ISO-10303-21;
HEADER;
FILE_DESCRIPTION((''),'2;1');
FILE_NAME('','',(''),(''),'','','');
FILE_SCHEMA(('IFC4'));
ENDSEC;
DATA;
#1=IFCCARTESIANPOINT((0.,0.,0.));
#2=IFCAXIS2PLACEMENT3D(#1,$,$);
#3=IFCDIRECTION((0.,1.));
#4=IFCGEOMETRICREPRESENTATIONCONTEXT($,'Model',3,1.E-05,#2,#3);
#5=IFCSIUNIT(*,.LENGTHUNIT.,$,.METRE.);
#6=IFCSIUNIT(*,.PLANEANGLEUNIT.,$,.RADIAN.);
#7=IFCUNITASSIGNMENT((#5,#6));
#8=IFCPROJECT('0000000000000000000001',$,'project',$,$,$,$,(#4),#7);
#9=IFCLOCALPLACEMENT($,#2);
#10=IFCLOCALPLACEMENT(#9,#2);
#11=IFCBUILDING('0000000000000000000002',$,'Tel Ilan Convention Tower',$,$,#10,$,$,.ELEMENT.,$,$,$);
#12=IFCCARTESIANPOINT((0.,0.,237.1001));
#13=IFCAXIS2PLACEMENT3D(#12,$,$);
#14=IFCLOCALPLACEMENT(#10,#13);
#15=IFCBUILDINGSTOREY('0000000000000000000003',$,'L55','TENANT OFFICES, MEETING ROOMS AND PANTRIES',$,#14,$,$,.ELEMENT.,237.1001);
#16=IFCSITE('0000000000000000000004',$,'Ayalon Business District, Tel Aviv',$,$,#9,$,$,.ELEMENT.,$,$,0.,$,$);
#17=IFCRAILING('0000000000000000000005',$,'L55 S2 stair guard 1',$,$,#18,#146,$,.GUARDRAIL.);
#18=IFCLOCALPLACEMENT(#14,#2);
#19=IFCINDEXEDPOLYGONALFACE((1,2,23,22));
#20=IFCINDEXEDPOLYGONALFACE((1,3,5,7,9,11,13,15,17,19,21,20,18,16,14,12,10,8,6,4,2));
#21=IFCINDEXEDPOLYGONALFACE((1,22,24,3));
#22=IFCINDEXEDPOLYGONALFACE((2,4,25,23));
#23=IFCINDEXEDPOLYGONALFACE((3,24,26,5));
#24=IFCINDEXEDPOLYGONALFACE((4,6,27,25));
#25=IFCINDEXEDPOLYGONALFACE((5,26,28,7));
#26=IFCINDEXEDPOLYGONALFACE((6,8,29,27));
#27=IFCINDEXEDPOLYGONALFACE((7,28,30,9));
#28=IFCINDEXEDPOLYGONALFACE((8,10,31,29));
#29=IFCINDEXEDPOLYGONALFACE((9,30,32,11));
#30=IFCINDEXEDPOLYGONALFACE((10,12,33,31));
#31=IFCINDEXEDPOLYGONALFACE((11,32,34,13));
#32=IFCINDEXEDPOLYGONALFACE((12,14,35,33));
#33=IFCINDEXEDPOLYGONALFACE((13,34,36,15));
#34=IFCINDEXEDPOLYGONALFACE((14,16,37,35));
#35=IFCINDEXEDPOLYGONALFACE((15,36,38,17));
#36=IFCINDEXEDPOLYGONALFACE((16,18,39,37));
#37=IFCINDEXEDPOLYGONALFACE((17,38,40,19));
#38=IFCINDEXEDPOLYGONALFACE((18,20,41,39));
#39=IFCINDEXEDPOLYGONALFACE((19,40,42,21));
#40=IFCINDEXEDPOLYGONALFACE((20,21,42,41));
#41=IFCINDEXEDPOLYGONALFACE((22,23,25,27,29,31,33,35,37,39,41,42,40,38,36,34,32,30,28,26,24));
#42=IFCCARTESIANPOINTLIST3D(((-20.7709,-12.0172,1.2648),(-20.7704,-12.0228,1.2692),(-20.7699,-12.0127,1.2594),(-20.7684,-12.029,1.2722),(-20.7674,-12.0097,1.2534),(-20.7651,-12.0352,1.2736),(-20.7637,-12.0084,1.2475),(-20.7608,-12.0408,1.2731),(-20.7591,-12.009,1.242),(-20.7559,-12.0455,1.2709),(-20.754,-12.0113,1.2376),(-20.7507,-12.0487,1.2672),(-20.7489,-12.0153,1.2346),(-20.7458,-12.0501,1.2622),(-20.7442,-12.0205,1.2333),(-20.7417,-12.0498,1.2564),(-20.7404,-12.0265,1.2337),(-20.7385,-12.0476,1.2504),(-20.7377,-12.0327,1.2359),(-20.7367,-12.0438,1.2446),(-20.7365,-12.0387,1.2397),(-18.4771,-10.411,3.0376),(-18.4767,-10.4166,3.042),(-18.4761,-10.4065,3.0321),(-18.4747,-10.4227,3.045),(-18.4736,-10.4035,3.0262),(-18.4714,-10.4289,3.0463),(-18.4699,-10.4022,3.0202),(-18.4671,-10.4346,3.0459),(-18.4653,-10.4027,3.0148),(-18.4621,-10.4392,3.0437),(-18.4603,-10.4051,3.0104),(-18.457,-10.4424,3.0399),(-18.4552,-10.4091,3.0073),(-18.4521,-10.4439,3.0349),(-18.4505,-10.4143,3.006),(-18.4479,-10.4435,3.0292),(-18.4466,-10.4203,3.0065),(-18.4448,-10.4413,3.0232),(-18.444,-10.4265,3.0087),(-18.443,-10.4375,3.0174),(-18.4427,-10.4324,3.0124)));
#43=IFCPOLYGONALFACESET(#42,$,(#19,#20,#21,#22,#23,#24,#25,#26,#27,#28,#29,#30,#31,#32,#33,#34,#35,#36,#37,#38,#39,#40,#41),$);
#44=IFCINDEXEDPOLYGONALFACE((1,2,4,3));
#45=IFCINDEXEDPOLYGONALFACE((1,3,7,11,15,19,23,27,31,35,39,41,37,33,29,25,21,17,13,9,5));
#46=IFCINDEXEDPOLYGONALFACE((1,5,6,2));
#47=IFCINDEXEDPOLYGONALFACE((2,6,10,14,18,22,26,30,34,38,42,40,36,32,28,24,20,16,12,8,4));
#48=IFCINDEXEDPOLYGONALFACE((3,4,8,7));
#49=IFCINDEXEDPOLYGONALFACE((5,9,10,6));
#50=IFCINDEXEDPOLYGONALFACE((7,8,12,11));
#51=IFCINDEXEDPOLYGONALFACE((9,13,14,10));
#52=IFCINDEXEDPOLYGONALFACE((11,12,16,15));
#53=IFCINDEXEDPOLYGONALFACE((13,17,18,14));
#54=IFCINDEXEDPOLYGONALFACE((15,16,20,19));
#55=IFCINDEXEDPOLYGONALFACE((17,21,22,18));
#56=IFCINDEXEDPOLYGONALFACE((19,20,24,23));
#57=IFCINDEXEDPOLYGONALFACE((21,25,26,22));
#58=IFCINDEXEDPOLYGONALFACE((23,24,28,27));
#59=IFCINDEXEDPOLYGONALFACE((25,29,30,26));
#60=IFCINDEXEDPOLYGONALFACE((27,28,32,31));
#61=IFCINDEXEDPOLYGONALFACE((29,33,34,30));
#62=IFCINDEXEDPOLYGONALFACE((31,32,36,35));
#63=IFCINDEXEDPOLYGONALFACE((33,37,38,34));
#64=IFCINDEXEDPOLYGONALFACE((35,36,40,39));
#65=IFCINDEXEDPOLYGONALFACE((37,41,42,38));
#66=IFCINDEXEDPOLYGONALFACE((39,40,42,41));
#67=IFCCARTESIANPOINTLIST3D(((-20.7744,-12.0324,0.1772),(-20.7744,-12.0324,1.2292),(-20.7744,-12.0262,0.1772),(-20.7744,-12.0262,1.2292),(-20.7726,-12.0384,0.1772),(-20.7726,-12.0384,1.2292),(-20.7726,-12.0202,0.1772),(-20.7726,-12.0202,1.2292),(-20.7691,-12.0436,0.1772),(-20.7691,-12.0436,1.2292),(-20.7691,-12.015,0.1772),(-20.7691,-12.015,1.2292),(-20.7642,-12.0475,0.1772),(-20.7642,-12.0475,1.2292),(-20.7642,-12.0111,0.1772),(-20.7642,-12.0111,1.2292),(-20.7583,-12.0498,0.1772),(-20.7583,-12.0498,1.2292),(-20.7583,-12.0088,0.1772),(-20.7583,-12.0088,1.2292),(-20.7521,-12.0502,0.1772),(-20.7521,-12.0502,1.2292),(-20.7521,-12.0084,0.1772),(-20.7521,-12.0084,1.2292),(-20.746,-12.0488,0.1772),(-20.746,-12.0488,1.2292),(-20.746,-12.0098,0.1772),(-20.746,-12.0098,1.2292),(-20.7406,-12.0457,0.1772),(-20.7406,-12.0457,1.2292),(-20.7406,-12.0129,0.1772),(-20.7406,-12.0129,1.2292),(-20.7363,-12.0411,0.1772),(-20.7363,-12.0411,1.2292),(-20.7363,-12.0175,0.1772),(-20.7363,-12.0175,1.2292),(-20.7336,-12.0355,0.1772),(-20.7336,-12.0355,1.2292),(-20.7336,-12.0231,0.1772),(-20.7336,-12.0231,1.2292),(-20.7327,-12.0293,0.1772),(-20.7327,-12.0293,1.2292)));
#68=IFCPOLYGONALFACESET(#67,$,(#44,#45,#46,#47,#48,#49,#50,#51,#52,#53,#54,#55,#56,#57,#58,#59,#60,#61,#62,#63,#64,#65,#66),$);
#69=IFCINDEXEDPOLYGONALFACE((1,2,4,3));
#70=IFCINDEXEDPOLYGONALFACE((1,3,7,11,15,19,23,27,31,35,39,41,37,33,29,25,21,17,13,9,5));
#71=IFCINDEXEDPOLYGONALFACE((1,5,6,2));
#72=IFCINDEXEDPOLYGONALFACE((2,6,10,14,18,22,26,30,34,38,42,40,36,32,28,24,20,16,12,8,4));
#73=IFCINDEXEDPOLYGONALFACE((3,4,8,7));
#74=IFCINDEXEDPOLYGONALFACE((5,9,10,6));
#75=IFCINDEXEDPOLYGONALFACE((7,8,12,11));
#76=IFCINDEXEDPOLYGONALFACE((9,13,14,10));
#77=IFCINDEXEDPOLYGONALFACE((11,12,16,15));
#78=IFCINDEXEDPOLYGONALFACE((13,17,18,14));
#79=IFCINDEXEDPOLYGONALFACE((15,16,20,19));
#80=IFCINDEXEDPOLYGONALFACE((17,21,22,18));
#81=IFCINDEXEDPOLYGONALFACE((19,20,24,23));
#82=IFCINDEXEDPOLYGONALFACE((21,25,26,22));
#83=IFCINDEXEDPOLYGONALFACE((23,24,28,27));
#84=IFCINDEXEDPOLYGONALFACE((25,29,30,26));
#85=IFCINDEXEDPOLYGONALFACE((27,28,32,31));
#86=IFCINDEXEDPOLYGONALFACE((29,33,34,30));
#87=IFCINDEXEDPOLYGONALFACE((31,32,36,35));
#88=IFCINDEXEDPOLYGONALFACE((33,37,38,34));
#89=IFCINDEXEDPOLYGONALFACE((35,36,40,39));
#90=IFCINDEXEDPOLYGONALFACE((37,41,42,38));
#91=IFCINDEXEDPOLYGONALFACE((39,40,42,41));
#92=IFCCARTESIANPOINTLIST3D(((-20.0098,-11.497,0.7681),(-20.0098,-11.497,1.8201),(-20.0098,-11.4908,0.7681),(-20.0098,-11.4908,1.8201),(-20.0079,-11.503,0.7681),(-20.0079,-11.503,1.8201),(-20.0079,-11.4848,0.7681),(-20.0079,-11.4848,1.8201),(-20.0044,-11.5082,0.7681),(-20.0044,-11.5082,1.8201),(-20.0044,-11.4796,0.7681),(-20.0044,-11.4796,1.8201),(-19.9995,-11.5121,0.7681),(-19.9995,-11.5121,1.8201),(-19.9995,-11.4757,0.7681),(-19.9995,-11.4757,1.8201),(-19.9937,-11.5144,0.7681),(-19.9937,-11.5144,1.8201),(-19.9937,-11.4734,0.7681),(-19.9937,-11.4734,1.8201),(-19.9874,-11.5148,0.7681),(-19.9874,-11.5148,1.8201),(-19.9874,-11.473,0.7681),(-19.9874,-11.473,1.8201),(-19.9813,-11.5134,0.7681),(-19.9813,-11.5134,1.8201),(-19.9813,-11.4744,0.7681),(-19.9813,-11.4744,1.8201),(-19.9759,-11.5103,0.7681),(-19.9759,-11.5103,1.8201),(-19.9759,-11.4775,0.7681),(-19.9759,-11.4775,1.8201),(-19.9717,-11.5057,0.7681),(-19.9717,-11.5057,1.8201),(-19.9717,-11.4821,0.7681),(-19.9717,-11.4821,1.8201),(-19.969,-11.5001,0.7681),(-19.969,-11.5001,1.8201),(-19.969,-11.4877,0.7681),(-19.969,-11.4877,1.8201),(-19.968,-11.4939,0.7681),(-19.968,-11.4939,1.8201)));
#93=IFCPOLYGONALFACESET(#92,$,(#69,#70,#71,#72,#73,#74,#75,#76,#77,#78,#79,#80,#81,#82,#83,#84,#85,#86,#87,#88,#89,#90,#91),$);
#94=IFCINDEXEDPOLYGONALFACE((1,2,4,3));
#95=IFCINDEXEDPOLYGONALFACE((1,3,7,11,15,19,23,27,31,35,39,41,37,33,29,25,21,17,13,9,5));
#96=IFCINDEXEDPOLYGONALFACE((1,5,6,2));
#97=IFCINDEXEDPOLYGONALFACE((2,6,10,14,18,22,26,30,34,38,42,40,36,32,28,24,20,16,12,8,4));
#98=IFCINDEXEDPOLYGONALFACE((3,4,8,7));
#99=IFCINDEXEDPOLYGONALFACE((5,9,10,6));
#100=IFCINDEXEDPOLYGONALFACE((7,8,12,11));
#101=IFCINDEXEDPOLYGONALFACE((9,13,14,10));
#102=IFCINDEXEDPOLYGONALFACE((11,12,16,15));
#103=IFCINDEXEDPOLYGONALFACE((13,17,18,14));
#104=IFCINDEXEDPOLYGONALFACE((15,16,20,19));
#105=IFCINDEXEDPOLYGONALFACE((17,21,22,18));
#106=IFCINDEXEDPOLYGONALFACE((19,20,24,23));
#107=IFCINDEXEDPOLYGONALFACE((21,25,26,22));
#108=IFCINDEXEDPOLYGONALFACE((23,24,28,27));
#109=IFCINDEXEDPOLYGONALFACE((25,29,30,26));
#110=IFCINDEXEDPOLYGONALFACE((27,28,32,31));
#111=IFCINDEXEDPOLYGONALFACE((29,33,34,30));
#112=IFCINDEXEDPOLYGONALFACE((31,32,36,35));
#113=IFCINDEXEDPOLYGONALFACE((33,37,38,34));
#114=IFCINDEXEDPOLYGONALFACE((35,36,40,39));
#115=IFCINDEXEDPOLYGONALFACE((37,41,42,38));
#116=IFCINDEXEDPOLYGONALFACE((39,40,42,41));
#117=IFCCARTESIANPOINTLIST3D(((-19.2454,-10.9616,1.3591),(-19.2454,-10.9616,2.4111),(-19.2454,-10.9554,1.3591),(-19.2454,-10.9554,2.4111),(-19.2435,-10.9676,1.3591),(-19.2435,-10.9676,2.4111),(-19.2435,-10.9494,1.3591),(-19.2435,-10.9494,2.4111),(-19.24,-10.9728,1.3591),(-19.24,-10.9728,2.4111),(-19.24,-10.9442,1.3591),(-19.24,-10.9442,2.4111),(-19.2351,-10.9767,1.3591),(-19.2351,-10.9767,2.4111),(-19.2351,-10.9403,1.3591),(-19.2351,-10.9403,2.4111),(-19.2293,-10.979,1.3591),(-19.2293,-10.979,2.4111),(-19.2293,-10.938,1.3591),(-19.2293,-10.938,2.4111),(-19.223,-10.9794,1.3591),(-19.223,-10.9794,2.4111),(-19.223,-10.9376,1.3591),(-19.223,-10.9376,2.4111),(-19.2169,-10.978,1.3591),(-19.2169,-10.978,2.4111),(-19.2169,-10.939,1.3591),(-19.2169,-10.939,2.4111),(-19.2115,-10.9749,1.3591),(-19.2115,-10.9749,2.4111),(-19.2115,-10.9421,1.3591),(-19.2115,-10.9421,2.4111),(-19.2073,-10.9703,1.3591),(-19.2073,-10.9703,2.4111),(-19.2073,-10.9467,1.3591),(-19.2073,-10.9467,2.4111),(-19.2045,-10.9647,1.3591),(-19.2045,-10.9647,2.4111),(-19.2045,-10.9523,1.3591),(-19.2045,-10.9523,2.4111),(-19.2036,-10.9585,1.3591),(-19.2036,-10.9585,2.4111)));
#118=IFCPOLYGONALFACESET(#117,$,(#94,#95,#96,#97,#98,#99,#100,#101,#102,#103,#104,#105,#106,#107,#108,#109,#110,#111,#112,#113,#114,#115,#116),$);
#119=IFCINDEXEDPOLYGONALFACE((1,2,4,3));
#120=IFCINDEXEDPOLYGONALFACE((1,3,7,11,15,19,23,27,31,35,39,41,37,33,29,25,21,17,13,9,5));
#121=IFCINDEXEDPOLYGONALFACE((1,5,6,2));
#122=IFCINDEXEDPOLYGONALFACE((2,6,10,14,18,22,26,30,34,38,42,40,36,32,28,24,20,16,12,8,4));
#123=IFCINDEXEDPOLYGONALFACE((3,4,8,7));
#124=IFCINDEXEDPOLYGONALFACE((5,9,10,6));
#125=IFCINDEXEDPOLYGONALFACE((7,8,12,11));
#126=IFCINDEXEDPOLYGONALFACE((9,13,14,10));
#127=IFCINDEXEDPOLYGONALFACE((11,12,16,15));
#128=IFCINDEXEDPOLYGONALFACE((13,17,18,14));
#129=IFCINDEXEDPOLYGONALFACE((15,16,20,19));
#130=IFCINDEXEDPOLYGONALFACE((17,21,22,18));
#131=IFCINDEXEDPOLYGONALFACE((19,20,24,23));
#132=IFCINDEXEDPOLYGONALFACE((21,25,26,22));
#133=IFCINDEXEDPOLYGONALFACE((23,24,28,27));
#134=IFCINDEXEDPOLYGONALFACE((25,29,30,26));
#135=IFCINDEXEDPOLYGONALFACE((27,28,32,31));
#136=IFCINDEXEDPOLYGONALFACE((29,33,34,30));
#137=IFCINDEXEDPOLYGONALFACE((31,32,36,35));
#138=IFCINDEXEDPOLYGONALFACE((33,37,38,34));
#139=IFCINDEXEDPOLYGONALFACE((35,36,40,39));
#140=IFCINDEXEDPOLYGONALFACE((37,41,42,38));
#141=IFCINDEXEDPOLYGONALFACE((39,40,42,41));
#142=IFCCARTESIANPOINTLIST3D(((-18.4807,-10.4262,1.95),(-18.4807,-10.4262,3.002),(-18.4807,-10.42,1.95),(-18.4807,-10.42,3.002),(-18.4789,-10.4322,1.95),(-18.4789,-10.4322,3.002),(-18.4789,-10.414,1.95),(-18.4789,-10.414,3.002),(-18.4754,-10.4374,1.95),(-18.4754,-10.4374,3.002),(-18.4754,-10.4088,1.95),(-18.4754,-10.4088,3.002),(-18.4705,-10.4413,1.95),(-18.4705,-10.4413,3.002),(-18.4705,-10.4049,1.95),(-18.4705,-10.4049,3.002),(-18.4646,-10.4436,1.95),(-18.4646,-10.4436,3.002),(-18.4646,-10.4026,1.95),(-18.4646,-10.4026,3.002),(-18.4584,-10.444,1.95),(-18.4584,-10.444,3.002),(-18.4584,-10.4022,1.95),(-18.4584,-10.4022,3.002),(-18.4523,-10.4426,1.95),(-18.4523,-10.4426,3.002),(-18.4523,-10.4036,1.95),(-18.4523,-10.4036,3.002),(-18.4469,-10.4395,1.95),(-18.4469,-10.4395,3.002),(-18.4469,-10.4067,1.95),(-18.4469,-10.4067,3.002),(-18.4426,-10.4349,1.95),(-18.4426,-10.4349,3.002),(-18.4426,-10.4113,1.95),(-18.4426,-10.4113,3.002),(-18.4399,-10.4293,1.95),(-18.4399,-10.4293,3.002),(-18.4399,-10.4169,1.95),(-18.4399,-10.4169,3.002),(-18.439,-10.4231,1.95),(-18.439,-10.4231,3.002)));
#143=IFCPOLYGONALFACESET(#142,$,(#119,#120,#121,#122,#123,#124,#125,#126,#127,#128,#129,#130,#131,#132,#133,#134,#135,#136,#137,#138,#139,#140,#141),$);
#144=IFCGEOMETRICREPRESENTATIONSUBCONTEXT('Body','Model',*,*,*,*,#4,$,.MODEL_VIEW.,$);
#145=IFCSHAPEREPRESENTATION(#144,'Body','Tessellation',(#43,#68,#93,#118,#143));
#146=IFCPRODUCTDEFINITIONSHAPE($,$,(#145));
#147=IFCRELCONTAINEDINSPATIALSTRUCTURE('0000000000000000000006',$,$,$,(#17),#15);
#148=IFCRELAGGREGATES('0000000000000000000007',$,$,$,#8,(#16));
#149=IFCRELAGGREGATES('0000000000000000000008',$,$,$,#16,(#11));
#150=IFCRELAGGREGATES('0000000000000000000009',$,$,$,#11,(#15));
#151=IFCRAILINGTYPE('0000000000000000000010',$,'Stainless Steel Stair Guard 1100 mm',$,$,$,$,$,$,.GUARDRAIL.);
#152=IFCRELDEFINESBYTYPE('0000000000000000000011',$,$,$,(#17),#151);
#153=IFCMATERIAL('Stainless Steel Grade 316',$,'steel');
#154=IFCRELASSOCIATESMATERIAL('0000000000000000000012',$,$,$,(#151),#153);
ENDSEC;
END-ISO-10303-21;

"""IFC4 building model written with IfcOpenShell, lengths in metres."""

from ifc_helpers import new_model, si_unit, direction, frame, origin, origin_2d, place, context, subcontext, project, spatial, circle, extrude, material, type_object, element, save


model = new_model("IFC4")

# Units and contexts
model_context = context("Model", 3, precision=1e-05, world=origin(), true_north=direction((0.0, 1.0)))
body_context = subcontext(model_context, "Body", "Model", "MODEL_VIEW")
ifc_project = project(units=[si_unit("LENGTHUNIT", "METRE"), si_unit("PLANEANGLEUNIT", "RADIAN")], contexts=[model_context])

# Site, building, storey
site_placement = place(None, origin())
site = spatial("IfcSite", under=ifc_project, at=site_placement, Name="Ayalon Business District, Tel Aviv", CompositionType="ELEMENT", RefElevation=0.0)
building_placement = place(site_placement, origin())
building = spatial("IfcBuilding", under=site, at=building_placement, Name="Tel Ilan Convention Tower", CompositionType="ELEMENT")
storey_placement = place(building_placement, frame((0.0, 0.0, 237.1001)))
storey = spatial("IfcBuildingStorey", under=building, at=storey_placement, Name="L55", Description="TENANT OFFICES, MEETING ROOMS AND PANTRIES", CompositionType="ELEMENT", Elevation=237.1001)

# Railing
ifc_material_1 = material(Name="Stainless Steel Grade 316", Category="steel")
railing_type_1 = type_object("IfcRailingType", Name="Stainless Steel Stair Guard 1100 mm", PredefinedType="GUARDRAIL", material=ifc_material_1)
railing_1_placement = place(storey_placement, frame((-20.7537, -12.0293, 0.1772)))
element("IfcRailing", 1, at=railing_1_placement, inside=storey, type_object=railing_type_1, Name="L55 S2 stair guard 1", PredefinedType="GUARDRAIL", context=body_context, shape_type="SweptSolid", body=[
    extrude(circle(Radius=0.0239, at=origin_2d()), frame((0.0, 0.0, 1.0762), z_axis=(0.692098, 0.484653, 0.534894), x_axis=(-0.573609, 0.81913, 0.0)), (0.0, 0.0, 1.0), 3.3142),
    extrude(circle(Radius=0.021, at=origin_2d()), origin(), (0.0, 0.0, 1.0), 1.052),
    extrude(circle(Radius=0.021, at=origin_2d()), frame((0.7646, 0.5354, 0.5908)), (0.0, 0.0, 1.0), 1.052),
    extrude(circle(Radius=0.021, at=origin_2d()), frame((1.5291, 1.0708, 1.1819)), (0.0, 0.0, 1.0), 1.052),
    extrude(circle(Radius=0.021, at=origin_2d()), frame((2.2937, 1.6062, 1.7727)), (0.0, 0.0, 1.0), 1.052),
])

save(model, "model.ifc")
